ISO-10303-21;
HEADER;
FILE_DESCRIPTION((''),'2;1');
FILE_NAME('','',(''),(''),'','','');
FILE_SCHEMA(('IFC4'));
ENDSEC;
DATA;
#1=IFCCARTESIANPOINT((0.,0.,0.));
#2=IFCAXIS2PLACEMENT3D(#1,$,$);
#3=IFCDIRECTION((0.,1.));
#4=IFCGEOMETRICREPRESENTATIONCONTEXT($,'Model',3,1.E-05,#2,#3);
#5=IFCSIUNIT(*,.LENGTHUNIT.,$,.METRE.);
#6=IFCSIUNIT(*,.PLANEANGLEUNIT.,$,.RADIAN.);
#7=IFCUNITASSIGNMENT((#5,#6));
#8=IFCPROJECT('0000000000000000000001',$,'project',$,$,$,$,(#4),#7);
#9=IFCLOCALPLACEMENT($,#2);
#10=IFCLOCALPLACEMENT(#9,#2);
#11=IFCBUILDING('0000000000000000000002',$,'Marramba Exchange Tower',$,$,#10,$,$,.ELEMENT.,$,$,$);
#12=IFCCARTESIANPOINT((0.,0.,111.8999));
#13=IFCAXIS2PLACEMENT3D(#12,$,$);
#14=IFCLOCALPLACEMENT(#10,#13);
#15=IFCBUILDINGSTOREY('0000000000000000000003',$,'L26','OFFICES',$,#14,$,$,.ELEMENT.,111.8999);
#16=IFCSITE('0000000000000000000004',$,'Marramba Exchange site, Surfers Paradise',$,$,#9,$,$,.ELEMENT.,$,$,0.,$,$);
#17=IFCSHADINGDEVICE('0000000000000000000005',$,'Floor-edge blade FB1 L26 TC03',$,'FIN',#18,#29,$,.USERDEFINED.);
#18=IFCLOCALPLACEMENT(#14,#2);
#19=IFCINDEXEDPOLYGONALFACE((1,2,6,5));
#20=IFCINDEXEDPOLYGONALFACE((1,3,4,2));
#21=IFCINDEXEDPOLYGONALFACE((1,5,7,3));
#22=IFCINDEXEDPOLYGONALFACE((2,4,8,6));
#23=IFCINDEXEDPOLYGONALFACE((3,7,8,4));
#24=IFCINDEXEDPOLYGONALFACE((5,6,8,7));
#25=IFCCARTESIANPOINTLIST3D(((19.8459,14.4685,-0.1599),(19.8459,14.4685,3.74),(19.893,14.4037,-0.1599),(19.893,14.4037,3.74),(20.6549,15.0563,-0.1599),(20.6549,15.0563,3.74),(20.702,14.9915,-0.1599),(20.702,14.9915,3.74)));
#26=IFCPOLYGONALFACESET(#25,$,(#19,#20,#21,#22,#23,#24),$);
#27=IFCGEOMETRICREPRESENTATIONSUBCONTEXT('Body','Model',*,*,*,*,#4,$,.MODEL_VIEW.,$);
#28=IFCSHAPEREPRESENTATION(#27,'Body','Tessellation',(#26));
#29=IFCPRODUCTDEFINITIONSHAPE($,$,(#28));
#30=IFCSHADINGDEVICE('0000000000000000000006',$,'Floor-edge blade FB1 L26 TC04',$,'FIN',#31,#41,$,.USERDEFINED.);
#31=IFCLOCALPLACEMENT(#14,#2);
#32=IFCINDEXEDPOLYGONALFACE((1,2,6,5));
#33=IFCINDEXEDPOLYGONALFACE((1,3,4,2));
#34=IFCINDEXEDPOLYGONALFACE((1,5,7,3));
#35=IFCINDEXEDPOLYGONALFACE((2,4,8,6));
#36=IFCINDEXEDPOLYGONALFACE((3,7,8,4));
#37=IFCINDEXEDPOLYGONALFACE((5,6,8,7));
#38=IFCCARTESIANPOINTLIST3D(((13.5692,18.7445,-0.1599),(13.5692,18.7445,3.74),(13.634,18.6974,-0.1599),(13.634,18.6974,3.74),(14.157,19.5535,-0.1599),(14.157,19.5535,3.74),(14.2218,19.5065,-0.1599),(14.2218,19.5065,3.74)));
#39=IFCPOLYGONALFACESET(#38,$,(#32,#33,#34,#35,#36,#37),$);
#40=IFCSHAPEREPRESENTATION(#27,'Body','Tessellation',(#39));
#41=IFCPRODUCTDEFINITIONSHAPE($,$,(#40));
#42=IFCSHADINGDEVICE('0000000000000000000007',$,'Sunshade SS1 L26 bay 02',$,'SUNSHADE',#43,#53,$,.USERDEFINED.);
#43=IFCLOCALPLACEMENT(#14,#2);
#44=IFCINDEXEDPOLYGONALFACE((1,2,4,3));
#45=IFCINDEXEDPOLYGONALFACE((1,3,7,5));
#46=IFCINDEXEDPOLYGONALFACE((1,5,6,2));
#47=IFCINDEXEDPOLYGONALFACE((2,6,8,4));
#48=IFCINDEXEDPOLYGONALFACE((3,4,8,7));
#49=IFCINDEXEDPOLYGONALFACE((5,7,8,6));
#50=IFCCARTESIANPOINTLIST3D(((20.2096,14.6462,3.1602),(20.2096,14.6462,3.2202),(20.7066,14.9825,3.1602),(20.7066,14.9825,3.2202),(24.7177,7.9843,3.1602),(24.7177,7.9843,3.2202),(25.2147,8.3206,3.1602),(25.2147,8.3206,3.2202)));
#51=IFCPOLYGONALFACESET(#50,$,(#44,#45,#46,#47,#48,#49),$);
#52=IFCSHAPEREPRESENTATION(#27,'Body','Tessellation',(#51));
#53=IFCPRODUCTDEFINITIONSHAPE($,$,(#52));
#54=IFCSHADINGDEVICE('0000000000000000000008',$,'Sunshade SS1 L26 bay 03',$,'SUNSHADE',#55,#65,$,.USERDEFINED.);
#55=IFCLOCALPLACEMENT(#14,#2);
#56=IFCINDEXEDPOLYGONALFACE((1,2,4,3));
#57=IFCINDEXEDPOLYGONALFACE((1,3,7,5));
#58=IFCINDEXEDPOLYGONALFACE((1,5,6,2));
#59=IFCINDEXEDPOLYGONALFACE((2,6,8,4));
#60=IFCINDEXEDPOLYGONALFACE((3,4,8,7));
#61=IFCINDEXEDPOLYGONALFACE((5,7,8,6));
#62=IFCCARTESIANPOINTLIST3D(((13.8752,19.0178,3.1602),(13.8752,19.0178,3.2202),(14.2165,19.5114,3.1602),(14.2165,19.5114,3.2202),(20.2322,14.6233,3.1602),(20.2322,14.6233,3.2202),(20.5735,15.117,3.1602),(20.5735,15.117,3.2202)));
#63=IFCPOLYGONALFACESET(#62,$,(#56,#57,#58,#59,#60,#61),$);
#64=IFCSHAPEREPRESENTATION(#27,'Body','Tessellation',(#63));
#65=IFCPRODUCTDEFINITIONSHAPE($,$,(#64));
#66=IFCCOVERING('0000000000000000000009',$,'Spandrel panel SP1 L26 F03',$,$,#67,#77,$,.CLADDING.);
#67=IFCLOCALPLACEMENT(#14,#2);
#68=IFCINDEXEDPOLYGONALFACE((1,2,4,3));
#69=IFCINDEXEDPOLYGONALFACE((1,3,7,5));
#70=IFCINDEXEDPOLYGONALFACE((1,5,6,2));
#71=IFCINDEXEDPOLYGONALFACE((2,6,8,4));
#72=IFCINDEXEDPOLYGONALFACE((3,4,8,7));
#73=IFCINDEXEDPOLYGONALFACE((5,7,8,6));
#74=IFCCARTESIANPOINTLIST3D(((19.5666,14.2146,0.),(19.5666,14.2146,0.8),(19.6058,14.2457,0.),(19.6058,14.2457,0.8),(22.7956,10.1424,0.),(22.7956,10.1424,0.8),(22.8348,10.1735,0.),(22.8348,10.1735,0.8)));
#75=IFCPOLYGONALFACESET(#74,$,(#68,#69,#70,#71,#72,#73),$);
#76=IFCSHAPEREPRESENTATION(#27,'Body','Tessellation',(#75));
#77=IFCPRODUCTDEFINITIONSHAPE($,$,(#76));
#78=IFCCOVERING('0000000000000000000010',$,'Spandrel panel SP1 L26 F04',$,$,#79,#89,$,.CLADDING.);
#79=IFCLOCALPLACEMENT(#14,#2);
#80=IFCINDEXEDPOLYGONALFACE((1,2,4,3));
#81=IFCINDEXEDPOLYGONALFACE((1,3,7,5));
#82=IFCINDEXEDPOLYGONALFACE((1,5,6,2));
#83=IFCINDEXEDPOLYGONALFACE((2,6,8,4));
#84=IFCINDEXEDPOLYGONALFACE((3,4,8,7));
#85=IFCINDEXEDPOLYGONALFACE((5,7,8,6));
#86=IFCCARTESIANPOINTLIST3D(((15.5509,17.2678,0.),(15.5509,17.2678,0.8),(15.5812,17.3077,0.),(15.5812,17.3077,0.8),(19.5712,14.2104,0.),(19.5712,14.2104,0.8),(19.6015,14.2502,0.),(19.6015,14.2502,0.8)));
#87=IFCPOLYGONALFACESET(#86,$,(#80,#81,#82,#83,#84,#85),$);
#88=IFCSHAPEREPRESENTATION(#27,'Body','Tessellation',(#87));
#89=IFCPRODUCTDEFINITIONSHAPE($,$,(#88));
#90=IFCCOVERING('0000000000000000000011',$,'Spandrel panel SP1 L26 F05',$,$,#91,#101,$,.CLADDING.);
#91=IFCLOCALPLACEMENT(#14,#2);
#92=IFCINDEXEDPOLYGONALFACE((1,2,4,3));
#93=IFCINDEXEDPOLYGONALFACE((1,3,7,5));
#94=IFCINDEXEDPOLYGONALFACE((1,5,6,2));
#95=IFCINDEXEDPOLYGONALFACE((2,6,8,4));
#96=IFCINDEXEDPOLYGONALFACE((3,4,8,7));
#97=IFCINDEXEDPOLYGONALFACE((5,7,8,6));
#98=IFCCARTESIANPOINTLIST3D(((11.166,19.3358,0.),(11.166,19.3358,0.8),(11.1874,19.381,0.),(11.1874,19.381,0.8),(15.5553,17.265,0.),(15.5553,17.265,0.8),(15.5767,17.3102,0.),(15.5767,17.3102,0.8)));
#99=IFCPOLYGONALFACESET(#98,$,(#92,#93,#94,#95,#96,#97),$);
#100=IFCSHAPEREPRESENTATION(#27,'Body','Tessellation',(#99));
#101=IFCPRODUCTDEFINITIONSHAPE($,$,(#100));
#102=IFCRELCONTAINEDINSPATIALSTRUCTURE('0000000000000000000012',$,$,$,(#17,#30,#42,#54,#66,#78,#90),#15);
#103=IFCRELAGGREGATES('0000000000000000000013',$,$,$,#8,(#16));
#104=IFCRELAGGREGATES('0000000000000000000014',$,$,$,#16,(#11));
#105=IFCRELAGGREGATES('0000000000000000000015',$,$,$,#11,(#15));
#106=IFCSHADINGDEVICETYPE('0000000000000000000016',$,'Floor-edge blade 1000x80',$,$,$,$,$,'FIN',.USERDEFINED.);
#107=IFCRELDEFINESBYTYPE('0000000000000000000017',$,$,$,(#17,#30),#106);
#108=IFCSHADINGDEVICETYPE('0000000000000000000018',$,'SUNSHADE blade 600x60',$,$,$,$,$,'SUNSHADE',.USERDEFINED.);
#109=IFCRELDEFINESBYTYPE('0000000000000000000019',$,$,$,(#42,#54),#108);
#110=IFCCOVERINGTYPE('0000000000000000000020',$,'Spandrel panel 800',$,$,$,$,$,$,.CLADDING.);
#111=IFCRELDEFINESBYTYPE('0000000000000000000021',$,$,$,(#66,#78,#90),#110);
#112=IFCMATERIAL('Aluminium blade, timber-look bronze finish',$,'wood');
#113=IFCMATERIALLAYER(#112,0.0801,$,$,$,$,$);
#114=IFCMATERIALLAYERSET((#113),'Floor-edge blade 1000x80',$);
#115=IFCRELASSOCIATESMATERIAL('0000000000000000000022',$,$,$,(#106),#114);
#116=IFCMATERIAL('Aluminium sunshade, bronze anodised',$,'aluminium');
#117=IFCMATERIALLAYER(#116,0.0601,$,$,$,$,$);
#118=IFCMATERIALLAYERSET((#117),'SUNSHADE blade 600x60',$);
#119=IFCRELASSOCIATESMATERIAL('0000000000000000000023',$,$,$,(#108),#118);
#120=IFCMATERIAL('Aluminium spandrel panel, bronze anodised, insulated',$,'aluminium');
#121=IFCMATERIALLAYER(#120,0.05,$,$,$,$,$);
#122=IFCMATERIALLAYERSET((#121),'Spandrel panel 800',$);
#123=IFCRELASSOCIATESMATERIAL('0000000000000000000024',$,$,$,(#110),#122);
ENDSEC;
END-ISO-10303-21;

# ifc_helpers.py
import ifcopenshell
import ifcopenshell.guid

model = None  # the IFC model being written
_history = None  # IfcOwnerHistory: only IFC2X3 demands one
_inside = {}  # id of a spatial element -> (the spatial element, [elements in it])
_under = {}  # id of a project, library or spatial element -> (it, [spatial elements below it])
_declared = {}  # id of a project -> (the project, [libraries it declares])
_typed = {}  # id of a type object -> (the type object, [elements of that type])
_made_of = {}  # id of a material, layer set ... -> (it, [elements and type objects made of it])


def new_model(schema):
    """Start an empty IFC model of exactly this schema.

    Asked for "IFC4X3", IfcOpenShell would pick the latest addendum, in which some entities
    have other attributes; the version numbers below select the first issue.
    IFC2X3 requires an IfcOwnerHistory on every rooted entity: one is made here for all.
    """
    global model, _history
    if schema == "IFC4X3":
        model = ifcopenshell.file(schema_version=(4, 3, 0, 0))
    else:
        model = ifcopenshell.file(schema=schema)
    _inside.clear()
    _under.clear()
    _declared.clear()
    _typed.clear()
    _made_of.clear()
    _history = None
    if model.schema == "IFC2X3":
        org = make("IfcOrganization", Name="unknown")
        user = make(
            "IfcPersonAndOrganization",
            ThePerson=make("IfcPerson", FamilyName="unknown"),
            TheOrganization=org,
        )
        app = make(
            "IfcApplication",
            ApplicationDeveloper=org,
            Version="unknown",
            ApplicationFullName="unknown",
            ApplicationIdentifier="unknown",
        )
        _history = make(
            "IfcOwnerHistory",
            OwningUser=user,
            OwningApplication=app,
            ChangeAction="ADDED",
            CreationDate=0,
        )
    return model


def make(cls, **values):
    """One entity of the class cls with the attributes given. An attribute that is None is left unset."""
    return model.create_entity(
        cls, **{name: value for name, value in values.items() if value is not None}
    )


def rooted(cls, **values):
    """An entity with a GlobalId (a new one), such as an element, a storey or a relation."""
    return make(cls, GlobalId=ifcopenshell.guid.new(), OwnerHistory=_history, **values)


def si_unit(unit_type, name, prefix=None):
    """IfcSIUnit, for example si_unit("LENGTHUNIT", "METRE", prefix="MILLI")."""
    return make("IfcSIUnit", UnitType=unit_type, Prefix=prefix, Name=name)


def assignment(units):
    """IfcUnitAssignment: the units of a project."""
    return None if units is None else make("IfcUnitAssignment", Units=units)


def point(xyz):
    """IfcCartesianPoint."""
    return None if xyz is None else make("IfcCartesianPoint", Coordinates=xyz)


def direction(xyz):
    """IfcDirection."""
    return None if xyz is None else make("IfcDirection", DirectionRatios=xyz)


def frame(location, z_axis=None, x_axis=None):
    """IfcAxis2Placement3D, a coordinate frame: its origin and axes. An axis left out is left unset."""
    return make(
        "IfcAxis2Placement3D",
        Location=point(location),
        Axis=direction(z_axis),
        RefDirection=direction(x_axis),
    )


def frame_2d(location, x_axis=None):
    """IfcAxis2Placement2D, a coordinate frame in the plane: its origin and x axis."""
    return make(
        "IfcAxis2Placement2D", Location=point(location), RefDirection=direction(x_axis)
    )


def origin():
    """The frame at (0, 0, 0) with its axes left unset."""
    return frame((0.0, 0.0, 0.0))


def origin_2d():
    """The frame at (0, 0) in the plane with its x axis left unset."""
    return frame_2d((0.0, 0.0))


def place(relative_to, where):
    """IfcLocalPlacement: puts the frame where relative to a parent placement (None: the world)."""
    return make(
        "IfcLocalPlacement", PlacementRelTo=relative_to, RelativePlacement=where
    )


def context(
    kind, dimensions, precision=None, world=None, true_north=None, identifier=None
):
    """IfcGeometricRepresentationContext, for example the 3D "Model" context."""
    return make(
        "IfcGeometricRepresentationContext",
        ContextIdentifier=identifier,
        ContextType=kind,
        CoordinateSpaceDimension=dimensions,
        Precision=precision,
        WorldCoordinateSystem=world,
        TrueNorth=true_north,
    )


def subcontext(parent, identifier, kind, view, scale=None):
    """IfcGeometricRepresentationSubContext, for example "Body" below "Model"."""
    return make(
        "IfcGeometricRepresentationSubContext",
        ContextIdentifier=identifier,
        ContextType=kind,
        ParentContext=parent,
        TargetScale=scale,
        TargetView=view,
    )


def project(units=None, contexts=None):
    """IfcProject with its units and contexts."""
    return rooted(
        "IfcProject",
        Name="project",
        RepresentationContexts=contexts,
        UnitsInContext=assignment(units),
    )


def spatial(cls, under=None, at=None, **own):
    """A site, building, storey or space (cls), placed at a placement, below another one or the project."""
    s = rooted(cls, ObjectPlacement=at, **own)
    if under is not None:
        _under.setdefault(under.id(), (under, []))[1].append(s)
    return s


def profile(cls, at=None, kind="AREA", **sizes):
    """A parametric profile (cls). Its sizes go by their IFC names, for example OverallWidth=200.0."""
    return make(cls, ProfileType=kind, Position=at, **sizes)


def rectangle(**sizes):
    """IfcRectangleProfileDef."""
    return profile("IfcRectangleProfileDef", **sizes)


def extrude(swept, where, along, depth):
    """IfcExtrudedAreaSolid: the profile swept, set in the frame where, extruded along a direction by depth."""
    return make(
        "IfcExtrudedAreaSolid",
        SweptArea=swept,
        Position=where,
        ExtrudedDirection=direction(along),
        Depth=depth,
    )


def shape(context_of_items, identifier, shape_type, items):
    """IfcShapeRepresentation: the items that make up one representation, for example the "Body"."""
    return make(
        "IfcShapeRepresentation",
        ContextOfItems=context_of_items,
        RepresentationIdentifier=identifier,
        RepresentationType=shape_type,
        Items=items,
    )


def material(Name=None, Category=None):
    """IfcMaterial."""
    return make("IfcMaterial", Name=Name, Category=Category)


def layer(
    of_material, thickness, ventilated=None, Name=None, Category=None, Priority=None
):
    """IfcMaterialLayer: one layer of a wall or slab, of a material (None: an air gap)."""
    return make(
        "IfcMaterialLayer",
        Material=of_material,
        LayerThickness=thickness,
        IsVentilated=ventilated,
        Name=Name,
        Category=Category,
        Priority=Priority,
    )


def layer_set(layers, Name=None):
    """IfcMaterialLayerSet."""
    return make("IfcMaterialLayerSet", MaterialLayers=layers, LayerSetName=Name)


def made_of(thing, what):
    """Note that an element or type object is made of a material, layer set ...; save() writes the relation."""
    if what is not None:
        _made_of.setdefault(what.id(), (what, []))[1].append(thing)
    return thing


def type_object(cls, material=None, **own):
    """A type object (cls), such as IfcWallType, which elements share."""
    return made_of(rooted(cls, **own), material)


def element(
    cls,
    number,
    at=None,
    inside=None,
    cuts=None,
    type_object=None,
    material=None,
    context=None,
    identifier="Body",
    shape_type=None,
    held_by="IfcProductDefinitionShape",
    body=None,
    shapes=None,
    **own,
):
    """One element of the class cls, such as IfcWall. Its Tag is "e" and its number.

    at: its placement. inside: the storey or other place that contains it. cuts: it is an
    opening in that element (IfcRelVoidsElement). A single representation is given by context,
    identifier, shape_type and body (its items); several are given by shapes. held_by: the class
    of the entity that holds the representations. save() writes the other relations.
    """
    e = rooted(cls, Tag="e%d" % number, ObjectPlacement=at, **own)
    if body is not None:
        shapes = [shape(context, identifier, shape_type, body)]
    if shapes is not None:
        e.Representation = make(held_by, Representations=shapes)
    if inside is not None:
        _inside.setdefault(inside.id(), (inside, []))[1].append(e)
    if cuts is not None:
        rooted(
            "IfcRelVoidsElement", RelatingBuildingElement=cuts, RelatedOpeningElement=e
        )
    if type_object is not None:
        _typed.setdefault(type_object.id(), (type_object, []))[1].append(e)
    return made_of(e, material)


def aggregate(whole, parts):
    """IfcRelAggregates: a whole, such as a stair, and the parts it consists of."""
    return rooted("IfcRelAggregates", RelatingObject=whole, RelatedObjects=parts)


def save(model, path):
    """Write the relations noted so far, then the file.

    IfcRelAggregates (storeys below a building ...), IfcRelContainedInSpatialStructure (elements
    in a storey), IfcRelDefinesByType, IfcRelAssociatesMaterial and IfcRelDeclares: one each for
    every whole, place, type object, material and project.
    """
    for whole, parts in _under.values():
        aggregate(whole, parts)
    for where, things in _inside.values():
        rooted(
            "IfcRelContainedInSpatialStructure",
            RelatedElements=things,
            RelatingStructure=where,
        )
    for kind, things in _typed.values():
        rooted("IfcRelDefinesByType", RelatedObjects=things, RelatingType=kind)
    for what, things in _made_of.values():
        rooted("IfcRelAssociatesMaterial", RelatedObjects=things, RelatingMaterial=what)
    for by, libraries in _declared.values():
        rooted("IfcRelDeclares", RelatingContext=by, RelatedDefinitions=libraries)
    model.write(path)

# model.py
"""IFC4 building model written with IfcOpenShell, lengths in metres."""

from ifc_helpers import new_model, si_unit, direction, frame, origin, origin_2d, place, context, subcontext, project, spatial, rectangle, extrude, material, layer, layer_set, type_object, element, save


model = new_model("IFC4")

# Units and contexts
model_context = context("Model", 3, precision=1e-05, world=origin(), true_north=direction((0.0, 1.0)))
body_context = subcontext(model_context, "Body", "Model", "MODEL_VIEW")
ifc_project = project(units=[si_unit("LENGTHUNIT", "METRE"), si_unit("PLANEANGLEUNIT", "RADIAN")], contexts=[model_context])

# Site, building, storey
site_placement = place(None, origin())
site = spatial("IfcSite", under=ifc_project, at=site_placement, Name="Marramba Exchange site, Surfers Paradise", CompositionType="ELEMENT", RefElevation=0.0)
building_placement = place(site_placement, origin())
building = spatial("IfcBuilding", under=site, at=building_placement, Name="Marramba Exchange Tower", CompositionType="ELEMENT")
storey_placement = place(building_placement, frame((0.0, 0.0, 111.8999)))
storey = spatial("IfcBuildingStorey", under=building, at=storey_placement, Name="L26", Description="OFFICES", CompositionType="ELEMENT", Elevation=111.8999)

# Shading devices
ifc_material_1 = material(Name="Aluminium blade, timber-look bronze finish", Category="wood")
ifc_layer_1 = layer(ifc_material_1, 0.0801)
ifc_layer_set_1 = layer_set([ifc_layer_1], Name="Floor-edge blade 1000x80")
shading_device_type_1 = type_object("IfcShadingDeviceType", Name="Floor-edge blade 1000x80", ElementType="FIN", PredefinedType="USERDEFINED", material=ifc_layer_set_1)
for number, where, z_axis, x_axis, name in (
    (1, (20.2739, 14.73, -0.1599), (0.0, 0.0, 1.0), (0.809017, 0.587785, 0.0), "Floor-edge blade FB1 L26 TC03"),
    (2, (13.8955, 19.1255, -0.1599), (0.0, 0.0, 1.0), (0.587785, 0.809017, 0.0), "Floor-edge blade FB1 L26 TC04"),
):
    element("IfcShadingDevice", number, at=place(storey_placement, frame(where, z_axis=z_axis, x_axis=x_axis)), inside=storey, type_object=shading_device_type_1, Name=name, ObjectType="FIN", PredefinedType="USERDEFINED", context=body_context, shape_type="SweptSolid", body=[
        extrude(rectangle(XDim=1.0, YDim=0.0801, at=origin_2d()), origin(), (0.0, 0.0, 1.0), 3.8999),
    ])
ifc_material_2 = material(Name="Aluminium sunshade, bronze anodised", Category="aluminium")
ifc_layer_2 = layer(ifc_material_2, 0.0601)
ifc_layer_set_2 = layer_set([ifc_layer_2], Name="SUNSHADE blade 600x60")
shading_device_type_2 = type_object("IfcShadingDeviceType", Name="SUNSHADE blade 600x60", ElementType="SUNSHADE", PredefinedType="USERDEFINED", material=ifc_layer_set_2)
shading_device_1_placement = place(storey_placement, frame((22.7122, 11.4834, 3.1602), z_axis=(0.0, 0.0, 1.0), x_axis=(-0.560442, 0.828194, 0.0)))
element("IfcShadingDevice", 3, at=shading_device_1_placement, inside=storey, type_object=shading_device_type_2, Name="Sunshade SS1 L26 bay 02", ObjectType="SUNSHADE", PredefinedType="USERDEFINED", context=body_context, shape_type="SweptSolid", body=[
    extrude(rectangle(XDim=8.0439, YDim=0.6001, at=origin_2d()), origin(), (0.0, 0.0, 1.0), 0.0601),
])
shading_device_2_placement = place(storey_placement, frame((17.2244, 17.0674, 3.1602), z_axis=(0.0, 0.0, 1.0), x_axis=(-0.82259, 0.568636, 0.0)))
element("IfcShadingDevice", 4, at=shading_device_2_placement, inside=storey, type_object=shading_device_type_2, Name="Sunshade SS1 L26 bay 03", ObjectType="SUNSHADE", PredefinedType="USERDEFINED", context=body_context, shape_type="SweptSolid", body=[
    extrude(rectangle(XDim=7.728, YDim=0.6001, at=origin_2d()), origin(), (0.0, 0.0, 1.0), 0.0601),
])

# Coverings
ifc_material_3 = material(Name="Aluminium spandrel panel, bronze anodised, insulated", Category="aluminium")
ifc_layer_3 = layer(ifc_material_3, 0.05)
ifc_layer_set_3 = layer_set([ifc_layer_3], Name="Spandrel panel 800")
covering_type = type_object("IfcCoveringType", Name="Spandrel panel 800", PredefinedType="CLADDING", material=ifc_layer_set_3)
covering_1_placement = place(storey_placement, frame((21.2007, 12.1941, 0.0), z_axis=(0.0, 0.0, 1.0), x_axis=(-0.621312, 0.783563, 0.0)))
element("IfcCovering", 5, at=covering_1_placement, inside=storey, type_object=covering_type, Name="Spandrel panel SP1 L26 F03", PredefinedType="CLADDING", context=body_context, shape_type="SweptSolid", body=[
    extrude(rectangle(XDim=5.197, YDim=0.05, at=origin_2d()), origin(), (0.0, 0.0, 1.0), 0.8),
])
covering_2_placement = place(storey_placement, frame((17.5762, 15.759, 0.0), z_axis=(0.0, 0.0, 1.0), x_axis=(-0.795972, 0.605334, 0.0)))
element("IfcCovering", 6, at=covering_2_placement, inside=storey, type_object=covering_type, Name="Spandrel panel SP1 L26 F04", PredefinedType="CLADDING", context=body_context, shape_type="SweptSolid", body=[
    extrude(rectangle(XDim=5.0508, YDim=0.05, at=origin_2d()), origin(), (0.0, 0.0, 1.0), 0.8),
])
covering_3_placement = place(storey_placement, frame((13.3713, 18.323, 0.0), z_axis=(0.0, 0.0, 1.0), x_axis=(-0.904403, 0.426679, 0.0)))
element("IfcCovering", 7, at=covering_3_placement, inside=storey, type_object=covering_type, Name="Spandrel panel SP1 L26 F05", PredefinedType="CLADDING", context=body_context, shape_type="SweptSolid", body=[
    extrude(rectangle(XDim=4.8533, YDim=0.05, at=origin_2d()), origin(), (0.0, 0.0, 1.0), 0.8),
])

save(model, "model.ifc")
